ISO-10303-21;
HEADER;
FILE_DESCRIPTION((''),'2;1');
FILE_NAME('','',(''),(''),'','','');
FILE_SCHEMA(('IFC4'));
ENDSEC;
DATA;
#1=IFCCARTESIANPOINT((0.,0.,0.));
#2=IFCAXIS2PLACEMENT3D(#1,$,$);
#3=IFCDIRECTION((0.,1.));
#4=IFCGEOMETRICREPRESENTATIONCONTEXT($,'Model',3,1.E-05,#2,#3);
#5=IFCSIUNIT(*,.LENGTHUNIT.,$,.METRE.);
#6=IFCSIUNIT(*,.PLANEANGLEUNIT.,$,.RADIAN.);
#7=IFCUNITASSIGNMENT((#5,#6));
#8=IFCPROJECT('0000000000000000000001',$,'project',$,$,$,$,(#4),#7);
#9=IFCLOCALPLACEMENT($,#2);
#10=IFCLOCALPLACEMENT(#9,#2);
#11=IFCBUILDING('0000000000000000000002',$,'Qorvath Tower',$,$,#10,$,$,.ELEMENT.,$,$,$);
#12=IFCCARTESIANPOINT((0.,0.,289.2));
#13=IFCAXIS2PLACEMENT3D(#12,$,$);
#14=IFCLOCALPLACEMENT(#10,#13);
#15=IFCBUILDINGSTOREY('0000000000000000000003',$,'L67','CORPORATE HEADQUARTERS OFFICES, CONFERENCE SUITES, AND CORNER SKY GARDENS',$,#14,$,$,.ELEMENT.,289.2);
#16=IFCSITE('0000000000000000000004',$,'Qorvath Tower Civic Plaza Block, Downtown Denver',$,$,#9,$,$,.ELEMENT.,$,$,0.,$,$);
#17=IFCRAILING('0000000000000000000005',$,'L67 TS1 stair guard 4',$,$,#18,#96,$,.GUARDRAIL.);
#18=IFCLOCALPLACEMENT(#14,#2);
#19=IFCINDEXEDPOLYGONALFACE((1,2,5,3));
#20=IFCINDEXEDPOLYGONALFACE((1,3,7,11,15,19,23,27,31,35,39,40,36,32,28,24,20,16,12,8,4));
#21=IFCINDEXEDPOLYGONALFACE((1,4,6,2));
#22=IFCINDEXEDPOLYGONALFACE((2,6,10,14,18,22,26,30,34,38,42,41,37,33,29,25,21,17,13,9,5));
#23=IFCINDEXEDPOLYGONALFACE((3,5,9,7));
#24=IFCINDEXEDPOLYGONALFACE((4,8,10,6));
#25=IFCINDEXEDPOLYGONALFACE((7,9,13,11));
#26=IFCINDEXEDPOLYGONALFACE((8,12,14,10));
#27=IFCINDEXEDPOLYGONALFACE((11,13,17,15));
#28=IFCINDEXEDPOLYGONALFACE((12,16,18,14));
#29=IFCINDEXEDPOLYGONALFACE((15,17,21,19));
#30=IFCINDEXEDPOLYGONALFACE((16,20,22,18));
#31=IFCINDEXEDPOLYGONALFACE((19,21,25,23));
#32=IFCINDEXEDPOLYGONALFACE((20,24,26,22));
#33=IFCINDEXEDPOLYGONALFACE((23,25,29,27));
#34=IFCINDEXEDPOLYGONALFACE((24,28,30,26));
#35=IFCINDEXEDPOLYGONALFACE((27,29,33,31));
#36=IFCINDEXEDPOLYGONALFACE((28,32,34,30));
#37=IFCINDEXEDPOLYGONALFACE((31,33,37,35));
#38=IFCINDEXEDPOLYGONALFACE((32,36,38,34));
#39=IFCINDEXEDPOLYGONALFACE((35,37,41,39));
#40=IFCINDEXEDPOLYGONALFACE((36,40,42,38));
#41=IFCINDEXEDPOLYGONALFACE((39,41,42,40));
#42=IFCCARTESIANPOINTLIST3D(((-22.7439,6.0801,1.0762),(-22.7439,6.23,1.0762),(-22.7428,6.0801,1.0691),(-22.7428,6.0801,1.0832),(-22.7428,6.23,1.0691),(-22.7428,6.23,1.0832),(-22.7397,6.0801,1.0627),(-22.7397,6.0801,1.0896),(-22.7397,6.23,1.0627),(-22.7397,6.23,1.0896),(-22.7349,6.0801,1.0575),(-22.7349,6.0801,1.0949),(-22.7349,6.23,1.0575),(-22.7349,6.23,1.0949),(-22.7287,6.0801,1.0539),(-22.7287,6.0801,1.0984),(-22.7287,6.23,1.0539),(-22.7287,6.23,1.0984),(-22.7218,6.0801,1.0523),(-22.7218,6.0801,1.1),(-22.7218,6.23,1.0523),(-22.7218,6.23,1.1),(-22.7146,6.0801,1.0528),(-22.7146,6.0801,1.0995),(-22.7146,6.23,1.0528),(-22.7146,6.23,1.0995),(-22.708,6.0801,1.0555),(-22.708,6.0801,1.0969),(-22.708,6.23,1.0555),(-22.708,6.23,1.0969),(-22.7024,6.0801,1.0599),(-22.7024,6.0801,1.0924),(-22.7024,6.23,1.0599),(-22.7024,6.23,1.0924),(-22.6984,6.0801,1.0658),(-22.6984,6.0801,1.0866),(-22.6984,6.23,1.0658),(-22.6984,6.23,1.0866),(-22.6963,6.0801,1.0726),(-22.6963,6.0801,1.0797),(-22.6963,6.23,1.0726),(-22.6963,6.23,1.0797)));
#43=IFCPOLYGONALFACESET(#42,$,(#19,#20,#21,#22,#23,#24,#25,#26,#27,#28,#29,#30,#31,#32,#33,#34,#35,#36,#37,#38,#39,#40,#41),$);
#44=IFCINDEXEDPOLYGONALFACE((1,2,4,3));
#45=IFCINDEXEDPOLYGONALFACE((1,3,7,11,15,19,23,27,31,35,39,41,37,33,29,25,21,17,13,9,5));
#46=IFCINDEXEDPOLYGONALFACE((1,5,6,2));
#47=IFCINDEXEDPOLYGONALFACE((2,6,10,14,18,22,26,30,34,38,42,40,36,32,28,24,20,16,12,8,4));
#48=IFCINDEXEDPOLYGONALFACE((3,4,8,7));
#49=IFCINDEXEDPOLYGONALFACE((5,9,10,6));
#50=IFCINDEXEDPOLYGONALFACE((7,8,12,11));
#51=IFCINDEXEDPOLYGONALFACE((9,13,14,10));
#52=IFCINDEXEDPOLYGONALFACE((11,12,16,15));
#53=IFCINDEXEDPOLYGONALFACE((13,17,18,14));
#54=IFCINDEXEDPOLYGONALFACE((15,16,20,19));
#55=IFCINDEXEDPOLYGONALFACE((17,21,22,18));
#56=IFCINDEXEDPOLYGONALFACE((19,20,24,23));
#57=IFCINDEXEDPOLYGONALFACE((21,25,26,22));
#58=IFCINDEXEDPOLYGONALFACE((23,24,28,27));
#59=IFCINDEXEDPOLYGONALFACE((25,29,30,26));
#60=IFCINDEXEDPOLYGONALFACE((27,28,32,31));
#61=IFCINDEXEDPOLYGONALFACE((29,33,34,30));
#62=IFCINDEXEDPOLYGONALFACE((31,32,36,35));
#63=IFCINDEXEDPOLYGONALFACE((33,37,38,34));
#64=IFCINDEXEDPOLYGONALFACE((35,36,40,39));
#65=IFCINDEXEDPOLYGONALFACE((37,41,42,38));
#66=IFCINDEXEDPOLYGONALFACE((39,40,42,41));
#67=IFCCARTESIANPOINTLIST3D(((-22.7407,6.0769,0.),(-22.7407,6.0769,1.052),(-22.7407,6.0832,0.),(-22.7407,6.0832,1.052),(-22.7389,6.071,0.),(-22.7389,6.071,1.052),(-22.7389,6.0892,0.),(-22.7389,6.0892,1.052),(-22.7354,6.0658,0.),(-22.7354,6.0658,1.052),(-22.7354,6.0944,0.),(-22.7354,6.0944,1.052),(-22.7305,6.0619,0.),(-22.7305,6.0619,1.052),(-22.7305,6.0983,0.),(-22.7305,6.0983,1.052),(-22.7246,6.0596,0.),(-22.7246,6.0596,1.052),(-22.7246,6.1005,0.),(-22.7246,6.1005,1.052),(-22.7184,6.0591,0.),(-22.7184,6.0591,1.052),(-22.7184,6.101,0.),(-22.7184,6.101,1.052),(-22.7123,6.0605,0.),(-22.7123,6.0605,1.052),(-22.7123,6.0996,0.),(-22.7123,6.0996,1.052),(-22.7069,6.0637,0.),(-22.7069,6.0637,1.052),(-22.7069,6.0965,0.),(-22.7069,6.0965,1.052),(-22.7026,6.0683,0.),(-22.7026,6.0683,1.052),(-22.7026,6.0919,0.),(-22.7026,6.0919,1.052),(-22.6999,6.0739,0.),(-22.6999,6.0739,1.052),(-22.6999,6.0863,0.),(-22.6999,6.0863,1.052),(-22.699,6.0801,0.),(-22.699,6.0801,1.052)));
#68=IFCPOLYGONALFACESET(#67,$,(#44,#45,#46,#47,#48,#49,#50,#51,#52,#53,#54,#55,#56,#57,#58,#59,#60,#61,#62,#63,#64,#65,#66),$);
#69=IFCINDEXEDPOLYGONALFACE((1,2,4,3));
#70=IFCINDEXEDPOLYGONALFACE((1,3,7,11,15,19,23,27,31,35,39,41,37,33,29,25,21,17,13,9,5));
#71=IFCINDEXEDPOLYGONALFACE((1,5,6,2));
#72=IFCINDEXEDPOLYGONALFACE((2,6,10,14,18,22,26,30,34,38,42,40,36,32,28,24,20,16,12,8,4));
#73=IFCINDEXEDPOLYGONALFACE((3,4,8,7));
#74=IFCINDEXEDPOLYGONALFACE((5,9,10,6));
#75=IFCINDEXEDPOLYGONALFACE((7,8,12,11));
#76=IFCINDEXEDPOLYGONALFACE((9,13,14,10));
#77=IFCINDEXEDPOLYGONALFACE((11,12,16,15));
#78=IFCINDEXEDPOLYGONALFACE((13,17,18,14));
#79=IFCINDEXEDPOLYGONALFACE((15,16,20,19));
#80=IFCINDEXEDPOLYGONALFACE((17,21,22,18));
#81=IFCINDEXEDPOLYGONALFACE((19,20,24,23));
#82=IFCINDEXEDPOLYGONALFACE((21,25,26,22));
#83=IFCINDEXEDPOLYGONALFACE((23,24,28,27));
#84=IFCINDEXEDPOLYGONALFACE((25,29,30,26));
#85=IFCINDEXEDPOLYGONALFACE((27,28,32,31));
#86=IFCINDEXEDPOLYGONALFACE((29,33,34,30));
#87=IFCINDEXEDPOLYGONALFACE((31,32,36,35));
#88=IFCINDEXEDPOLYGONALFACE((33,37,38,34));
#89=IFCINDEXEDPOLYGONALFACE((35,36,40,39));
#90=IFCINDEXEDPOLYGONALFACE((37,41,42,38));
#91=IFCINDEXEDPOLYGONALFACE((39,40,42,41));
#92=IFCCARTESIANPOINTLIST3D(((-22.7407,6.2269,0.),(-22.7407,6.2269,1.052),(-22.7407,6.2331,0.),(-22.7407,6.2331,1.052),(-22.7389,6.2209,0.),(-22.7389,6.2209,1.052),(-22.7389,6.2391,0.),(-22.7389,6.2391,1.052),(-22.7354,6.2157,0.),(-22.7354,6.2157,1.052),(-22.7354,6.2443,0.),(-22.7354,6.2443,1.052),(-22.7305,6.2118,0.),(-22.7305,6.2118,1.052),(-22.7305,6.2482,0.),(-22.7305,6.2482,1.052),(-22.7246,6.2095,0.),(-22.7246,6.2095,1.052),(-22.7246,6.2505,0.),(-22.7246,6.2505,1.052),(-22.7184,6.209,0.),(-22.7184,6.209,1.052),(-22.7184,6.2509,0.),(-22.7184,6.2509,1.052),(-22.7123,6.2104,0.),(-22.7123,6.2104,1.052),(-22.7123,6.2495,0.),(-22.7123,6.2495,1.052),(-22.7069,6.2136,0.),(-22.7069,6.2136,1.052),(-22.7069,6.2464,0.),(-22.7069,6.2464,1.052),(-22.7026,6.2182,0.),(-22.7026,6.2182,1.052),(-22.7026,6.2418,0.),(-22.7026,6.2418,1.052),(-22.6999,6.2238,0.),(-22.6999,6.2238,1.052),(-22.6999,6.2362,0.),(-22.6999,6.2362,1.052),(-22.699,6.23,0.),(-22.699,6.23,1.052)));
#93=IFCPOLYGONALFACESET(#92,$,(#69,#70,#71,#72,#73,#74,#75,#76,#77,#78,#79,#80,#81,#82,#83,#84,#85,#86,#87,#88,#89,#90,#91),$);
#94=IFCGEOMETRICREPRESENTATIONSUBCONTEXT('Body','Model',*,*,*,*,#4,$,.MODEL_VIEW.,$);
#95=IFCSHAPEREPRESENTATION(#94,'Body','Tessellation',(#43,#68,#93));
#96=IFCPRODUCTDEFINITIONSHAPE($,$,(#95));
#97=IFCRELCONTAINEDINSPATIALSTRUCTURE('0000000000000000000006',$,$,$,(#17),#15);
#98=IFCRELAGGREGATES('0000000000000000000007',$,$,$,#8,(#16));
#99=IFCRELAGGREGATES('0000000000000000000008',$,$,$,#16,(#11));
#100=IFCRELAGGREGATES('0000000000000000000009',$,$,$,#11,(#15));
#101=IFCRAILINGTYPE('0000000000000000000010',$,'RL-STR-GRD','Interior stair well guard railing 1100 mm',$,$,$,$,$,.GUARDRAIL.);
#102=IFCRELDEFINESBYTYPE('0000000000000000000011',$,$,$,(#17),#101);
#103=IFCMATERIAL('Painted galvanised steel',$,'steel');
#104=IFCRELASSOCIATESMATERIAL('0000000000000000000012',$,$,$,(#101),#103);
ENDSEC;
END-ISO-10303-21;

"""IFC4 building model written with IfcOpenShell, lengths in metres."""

from ifc_helpers import new_model, si_unit, direction, frame, origin, origin_2d, place, context, subcontext, project, spatial, circle, extrude, material, type_object, element, save


model = new_model("IFC4")

# Units and contexts
model_context = context("Model", 3, precision=1e-05, world=origin(), true_north=direction((0.0, 1.0)))
body_context = subcontext(model_context, "Body", "Model", "MODEL_VIEW")
ifc_project = project(units=[si_unit("LENGTHUNIT", "METRE"), si_unit("PLANEANGLEUNIT", "RADIAN")], contexts=[model_context])

# Site, building, storey
site_placement = place(None, origin())
site = spatial("IfcSite", under=ifc_project, at=site_placement, Name="Qorvath Tower Civic Plaza Block, Downtown Denver", CompositionType="ELEMENT", RefElevation=0.0)
building_placement = place(site_placement, origin())
building = spatial("IfcBuilding", under=site, at=building_placement, Name="Qorvath Tower", CompositionType="ELEMENT")
storey_placement = place(building_placement, frame((0.0, 0.0, 289.2)))
storey = spatial("IfcBuildingStorey", under=building, at=storey_placement, Name="L67", Description="CORPORATE HEADQUARTERS OFFICES, CONFERENCE SUITES, AND CORNER SKY GARDENS", CompositionType="ELEMENT", Elevation=289.2)

# Railing
ifc_material_1 = material(Name="Painted galvanised steel", Category="steel")
railing_type_1 = type_object("IfcRailingType", Name="RL-STR-GRD", Description="Interior stair well guard railing 1100 mm", PredefinedType="GUARDRAIL", material=ifc_material_1)
railing_1_placement = place(storey_placement, frame((-22.72, 6.0801, 0.0)))
element("IfcRailing", 1, at=railing_1_placement, inside=storey, type_object=railing_type_1, Name="L67 TS1 stair guard 4", PredefinedType="GUARDRAIL", context=body_context, shape_type="SweptSolid", body=[
    extrude(circle(Radius=0.0239, at=origin_2d()), frame((0.0, 0.0, 1.0762), z_axis=(0.0, 1.0, 0.0), x_axis=(-1.0, 0.0, 0.0)), (0.0, 0.0, 1.0), 0.1499),
    extrude(circle(Radius=0.021, at=origin_2d()), origin(), (0.0, 0.0, 1.0), 1.052),
    extrude(circle(Radius=0.021, at=origin_2d()), frame((0.0, 0.1499, 0.0)), (0.0, 0.0, 1.0), 1.052),
])

save(model, "model.ifc")
